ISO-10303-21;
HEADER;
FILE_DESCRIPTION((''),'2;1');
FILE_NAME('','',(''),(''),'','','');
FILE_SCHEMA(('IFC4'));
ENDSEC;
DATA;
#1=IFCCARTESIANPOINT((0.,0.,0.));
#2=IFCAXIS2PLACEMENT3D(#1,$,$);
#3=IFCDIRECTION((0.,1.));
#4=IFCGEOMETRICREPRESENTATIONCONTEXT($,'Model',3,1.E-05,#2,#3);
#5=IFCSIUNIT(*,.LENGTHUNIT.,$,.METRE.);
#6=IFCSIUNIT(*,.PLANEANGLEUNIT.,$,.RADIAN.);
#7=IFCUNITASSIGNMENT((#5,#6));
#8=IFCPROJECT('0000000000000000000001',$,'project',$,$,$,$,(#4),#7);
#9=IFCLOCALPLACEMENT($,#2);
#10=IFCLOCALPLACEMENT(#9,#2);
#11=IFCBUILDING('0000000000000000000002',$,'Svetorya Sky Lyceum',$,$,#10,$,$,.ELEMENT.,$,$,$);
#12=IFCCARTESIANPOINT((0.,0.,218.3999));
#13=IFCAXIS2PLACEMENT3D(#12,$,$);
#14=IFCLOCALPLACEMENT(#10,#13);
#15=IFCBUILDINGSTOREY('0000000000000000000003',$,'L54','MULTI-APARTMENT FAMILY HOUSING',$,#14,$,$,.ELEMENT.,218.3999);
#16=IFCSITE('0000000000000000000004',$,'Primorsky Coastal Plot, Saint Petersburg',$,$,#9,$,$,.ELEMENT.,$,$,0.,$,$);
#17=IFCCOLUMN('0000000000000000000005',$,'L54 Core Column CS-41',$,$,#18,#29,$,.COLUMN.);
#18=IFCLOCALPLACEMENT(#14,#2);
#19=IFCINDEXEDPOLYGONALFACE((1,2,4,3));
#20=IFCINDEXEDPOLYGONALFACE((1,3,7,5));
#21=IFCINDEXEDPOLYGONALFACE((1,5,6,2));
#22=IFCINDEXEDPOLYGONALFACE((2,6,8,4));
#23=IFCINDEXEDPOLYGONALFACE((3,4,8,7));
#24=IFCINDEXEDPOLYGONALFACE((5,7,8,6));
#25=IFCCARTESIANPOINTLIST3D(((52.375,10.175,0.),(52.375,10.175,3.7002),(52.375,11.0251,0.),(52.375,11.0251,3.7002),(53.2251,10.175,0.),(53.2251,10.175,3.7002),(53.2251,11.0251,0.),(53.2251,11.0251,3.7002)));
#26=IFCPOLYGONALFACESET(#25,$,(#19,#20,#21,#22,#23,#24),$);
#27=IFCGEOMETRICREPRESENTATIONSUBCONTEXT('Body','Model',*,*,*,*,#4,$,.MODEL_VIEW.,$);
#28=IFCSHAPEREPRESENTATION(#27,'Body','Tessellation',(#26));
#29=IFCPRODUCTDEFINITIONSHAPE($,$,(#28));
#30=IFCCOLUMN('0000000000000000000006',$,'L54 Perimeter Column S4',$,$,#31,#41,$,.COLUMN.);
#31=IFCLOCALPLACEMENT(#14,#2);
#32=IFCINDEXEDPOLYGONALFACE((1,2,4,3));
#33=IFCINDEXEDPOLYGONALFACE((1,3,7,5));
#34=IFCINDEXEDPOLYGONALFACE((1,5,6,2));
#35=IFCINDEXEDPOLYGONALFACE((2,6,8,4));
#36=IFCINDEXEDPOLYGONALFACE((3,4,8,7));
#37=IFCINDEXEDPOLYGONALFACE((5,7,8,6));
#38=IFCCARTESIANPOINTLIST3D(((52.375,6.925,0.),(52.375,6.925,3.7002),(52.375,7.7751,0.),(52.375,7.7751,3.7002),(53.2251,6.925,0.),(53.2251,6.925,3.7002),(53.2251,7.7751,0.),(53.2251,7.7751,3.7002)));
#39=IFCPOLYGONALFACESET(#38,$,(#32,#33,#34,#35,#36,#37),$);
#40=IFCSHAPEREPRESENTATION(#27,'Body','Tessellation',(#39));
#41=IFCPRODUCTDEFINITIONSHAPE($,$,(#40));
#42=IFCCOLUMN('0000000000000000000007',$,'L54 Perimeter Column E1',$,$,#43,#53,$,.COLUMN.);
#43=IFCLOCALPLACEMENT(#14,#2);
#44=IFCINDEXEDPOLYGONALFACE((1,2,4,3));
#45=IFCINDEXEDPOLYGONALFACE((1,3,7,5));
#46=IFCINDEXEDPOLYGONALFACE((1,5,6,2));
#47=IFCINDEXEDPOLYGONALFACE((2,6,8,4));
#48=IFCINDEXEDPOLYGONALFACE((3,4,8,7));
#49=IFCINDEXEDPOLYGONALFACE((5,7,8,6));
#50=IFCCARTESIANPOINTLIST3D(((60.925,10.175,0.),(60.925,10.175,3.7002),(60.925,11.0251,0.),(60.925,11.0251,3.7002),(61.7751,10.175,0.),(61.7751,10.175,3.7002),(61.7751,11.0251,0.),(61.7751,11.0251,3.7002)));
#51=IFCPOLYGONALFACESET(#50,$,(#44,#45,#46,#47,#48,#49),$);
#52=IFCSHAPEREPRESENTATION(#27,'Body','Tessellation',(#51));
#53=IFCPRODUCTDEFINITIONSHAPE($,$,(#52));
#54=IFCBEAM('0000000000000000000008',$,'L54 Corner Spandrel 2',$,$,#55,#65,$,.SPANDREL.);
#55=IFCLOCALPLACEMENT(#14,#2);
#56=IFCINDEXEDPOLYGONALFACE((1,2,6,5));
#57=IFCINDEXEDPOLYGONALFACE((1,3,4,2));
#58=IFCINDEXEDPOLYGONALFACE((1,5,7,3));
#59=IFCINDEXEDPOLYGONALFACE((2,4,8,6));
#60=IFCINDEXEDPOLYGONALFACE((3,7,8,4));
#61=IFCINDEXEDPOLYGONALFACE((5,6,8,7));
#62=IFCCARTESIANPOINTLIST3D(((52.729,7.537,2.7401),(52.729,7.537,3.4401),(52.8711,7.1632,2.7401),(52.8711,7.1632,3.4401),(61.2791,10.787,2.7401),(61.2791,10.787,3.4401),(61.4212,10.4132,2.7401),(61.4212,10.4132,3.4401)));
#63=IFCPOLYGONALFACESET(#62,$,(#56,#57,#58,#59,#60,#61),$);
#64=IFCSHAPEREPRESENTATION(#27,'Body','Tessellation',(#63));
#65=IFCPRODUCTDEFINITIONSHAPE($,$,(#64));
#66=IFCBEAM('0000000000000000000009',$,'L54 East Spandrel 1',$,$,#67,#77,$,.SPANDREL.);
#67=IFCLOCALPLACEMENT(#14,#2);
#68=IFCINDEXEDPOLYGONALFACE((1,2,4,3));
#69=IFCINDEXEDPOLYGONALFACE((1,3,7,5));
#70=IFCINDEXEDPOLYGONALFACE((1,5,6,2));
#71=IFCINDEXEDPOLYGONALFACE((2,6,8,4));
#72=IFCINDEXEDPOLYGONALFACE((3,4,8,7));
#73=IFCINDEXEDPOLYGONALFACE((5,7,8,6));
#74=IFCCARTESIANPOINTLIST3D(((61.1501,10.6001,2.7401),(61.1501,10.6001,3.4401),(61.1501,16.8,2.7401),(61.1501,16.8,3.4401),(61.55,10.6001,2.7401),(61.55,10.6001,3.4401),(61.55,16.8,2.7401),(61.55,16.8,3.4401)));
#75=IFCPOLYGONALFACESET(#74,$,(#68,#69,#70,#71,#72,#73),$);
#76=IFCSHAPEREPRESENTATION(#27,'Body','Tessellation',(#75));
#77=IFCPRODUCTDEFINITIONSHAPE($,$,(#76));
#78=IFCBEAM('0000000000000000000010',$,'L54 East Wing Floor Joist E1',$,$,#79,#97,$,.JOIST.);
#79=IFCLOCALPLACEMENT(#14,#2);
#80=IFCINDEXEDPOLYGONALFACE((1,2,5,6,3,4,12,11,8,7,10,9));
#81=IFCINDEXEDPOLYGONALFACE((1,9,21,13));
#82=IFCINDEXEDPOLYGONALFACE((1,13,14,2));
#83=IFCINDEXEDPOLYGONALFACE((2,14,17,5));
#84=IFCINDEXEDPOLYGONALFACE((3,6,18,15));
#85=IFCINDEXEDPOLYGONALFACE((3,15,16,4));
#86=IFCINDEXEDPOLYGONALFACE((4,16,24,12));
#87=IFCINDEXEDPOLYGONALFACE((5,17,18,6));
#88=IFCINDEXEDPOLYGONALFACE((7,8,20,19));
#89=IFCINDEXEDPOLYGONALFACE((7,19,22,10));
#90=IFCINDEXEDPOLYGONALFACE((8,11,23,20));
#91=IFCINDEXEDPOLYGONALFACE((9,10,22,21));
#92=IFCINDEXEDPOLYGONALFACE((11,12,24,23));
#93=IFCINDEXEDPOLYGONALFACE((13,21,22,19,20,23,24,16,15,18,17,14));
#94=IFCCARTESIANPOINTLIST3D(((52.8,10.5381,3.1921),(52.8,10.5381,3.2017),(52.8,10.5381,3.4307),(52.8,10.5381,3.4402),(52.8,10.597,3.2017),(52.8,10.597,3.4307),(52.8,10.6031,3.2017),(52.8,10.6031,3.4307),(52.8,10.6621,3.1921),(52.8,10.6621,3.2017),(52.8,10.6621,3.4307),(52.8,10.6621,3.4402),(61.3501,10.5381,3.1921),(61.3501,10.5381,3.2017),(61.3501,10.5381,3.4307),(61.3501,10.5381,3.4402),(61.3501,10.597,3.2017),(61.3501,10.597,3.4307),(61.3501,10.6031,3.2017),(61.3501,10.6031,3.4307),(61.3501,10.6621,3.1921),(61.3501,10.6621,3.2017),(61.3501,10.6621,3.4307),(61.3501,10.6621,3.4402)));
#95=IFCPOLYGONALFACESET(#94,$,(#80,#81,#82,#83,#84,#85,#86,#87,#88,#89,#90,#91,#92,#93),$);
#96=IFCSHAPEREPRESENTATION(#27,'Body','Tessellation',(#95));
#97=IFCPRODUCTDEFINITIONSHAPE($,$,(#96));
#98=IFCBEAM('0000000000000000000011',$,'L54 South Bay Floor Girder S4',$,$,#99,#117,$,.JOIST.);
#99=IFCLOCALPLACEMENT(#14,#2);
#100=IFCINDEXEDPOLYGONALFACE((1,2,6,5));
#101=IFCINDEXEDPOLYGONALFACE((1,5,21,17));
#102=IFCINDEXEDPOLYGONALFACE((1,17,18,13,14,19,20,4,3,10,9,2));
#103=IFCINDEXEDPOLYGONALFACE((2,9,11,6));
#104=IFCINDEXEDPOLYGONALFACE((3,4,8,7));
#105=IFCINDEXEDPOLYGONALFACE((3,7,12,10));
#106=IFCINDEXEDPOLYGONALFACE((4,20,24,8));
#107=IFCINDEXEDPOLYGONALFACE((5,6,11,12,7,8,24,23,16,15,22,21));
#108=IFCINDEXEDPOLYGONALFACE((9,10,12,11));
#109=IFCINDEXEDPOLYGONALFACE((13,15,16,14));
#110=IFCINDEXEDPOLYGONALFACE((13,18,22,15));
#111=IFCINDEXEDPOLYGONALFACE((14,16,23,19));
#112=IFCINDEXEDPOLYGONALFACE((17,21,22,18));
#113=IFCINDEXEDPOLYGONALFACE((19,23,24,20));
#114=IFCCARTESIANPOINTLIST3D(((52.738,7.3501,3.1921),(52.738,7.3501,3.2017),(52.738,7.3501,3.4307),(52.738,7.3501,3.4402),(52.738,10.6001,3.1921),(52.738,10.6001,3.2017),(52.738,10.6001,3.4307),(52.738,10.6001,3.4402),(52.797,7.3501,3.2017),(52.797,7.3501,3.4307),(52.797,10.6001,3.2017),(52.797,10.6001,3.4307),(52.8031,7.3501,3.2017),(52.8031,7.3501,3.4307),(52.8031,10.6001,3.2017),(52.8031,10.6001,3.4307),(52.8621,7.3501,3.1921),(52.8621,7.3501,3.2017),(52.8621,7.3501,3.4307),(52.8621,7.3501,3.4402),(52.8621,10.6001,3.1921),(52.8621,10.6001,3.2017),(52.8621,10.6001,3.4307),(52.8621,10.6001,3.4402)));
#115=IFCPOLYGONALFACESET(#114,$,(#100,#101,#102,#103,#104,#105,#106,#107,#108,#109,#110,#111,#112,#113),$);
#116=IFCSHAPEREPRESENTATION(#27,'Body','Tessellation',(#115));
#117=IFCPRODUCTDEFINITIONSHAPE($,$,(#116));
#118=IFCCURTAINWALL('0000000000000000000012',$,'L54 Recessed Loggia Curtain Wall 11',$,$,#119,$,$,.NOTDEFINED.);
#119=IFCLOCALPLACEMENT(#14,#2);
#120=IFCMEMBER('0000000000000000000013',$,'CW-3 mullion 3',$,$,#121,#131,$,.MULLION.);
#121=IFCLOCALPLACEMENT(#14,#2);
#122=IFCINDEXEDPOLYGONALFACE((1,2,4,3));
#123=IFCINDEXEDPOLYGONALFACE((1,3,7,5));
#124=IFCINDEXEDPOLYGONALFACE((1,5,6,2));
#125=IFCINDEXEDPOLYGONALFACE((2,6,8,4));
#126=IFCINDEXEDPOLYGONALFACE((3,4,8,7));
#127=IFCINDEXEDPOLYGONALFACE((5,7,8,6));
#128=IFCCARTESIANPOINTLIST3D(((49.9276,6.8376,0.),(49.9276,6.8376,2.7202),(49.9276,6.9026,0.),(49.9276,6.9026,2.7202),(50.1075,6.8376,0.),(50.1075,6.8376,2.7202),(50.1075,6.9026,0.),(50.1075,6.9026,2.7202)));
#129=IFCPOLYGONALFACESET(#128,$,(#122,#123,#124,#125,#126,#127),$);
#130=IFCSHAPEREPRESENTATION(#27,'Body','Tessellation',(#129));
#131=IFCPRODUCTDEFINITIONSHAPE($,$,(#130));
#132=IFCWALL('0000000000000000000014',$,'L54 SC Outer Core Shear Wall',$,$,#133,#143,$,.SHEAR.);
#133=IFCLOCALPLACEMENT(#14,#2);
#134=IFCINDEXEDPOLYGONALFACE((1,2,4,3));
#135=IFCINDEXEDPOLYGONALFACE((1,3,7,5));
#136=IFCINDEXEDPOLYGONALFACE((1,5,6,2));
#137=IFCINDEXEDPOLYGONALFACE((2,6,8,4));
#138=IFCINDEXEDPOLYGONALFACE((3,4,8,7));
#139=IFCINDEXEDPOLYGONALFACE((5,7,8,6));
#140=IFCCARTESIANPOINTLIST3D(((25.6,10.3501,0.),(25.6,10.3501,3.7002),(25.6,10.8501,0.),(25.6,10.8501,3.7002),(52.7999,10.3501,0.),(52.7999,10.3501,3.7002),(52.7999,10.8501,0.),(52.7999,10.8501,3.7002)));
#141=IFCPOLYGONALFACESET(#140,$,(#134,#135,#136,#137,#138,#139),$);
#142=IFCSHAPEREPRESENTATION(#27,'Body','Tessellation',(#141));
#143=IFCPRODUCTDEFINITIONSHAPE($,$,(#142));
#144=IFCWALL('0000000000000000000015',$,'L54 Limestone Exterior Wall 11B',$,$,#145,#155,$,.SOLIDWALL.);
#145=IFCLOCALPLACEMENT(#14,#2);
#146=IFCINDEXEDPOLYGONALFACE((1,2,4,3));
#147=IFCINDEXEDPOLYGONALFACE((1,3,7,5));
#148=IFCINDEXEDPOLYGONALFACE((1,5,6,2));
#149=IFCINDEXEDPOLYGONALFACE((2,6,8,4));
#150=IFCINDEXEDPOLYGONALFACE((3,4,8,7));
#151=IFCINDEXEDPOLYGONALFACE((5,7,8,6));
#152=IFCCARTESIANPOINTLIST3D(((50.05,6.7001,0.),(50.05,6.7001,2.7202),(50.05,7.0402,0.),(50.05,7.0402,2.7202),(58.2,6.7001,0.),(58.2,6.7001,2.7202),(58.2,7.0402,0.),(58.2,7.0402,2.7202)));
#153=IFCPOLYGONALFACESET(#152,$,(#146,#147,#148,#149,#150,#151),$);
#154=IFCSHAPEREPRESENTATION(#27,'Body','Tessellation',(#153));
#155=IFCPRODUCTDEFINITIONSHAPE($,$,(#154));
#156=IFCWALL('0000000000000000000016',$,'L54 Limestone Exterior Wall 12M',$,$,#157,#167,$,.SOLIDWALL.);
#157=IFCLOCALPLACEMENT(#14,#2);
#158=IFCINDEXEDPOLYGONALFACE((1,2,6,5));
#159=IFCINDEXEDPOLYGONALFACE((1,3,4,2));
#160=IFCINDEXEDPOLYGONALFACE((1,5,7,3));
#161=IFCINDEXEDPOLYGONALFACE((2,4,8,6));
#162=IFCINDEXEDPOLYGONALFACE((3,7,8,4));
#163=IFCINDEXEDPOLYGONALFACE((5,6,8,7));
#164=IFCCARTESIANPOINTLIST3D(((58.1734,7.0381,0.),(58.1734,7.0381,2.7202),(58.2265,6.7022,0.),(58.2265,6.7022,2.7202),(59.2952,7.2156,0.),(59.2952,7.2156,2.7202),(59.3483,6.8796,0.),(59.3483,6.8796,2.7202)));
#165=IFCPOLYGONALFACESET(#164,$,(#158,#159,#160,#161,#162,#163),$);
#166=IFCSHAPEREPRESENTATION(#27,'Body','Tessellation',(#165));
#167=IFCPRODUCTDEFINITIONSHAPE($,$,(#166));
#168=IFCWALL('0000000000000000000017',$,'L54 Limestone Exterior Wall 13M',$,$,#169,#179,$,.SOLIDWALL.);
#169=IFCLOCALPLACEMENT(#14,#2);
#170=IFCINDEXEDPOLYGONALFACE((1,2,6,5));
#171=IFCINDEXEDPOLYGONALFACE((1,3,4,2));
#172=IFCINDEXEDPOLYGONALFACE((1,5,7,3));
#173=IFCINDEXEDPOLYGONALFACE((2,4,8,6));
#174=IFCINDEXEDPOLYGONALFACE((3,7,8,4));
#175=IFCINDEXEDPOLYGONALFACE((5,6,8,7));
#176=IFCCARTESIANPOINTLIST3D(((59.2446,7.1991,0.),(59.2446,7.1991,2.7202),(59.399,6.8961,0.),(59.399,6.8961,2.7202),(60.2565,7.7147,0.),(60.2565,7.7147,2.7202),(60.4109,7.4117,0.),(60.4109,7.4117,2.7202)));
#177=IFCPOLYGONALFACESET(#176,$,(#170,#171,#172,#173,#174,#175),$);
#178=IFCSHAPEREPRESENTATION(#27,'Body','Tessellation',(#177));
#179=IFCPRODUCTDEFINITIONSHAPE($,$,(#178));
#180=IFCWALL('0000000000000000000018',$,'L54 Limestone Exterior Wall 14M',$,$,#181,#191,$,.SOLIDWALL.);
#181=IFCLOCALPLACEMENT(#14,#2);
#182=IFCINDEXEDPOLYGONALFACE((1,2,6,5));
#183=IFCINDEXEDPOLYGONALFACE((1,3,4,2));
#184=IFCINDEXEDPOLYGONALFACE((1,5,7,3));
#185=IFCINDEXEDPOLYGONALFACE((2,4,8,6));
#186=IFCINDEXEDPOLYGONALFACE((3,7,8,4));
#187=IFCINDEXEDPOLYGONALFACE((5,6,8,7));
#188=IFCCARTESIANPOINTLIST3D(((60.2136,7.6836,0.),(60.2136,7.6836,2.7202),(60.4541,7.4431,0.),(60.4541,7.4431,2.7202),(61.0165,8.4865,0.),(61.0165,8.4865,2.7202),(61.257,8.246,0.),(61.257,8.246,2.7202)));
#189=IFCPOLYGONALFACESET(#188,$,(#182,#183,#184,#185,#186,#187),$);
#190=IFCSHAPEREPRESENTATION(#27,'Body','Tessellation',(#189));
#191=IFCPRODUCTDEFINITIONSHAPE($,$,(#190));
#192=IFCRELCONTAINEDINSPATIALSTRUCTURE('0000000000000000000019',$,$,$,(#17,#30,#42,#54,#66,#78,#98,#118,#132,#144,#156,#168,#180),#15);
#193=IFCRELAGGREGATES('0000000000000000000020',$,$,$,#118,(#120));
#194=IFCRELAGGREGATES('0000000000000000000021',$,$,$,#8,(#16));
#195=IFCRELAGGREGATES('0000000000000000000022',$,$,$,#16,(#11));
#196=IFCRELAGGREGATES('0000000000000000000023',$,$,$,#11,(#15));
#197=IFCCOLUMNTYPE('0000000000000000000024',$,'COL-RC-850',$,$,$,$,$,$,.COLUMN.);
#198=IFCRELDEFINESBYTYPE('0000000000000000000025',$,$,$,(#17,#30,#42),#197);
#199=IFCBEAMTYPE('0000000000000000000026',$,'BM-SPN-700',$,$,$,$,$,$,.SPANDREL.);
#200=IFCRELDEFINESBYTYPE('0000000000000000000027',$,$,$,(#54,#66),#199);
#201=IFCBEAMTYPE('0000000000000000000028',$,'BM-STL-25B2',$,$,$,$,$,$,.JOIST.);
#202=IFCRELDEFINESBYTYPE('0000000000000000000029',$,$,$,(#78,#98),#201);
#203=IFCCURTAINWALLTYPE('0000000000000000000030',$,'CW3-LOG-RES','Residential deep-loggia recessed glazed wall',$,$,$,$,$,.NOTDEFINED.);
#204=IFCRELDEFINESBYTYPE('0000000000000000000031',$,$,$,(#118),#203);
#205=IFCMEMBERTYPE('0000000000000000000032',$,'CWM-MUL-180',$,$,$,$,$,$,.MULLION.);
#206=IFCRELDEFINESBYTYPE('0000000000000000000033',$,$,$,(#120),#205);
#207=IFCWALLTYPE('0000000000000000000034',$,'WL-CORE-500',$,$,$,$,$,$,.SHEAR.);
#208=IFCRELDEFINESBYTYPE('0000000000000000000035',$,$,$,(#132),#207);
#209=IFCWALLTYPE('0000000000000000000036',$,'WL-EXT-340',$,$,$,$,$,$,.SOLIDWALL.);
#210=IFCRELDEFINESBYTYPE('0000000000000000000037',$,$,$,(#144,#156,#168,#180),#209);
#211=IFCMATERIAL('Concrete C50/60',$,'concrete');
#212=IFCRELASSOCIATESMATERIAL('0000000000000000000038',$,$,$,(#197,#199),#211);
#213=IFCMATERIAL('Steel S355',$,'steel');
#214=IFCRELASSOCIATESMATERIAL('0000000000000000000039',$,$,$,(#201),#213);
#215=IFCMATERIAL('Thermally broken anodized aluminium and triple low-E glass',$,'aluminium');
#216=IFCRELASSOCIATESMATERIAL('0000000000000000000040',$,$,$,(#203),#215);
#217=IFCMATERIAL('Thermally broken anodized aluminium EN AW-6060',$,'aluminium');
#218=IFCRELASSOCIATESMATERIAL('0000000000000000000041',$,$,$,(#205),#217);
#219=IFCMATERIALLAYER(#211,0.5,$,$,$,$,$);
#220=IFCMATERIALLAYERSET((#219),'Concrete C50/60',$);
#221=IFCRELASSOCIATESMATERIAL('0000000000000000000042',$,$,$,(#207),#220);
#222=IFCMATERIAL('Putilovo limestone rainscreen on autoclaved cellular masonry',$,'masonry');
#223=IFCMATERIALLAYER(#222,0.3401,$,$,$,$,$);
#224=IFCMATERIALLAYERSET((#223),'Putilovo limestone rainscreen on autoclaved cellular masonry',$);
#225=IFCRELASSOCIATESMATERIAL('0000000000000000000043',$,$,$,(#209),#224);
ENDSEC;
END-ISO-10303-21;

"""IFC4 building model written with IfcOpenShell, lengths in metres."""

from ifc_helpers import new_model, si_unit, direction, frame, frame_2d, origin, origin_2d, place, context, subcontext, project, spatial, rectangle, i_section, extrude, material, layer, layer_set, material_profile, profile_set, type_object, element, aggregate, save


model = new_model("IFC4")

# Units and contexts
model_context = context("Model", 3, precision=1e-05, world=origin(), true_north=direction((0.0, 1.0)))
body_context = subcontext(model_context, "Body", "Model", "MODEL_VIEW")
ifc_project = project(units=[si_unit("LENGTHUNIT", "METRE"), si_unit("PLANEANGLEUNIT", "RADIAN")], contexts=[model_context])

# Site, building, storey
site_placement = place(None, origin())
site = spatial("IfcSite", under=ifc_project, at=site_placement, Name="Primorsky Coastal Plot, Saint Petersburg", CompositionType="ELEMENT", RefElevation=0.0)
building_placement = place(site_placement, origin())
building = spatial("IfcBuilding", under=site, at=building_placement, Name="Svetorya Sky Lyceum", CompositionType="ELEMENT")
storey_placement = place(building_placement, frame((0.0, 0.0, 218.3999)))
storey = spatial("IfcBuildingStorey", under=building, at=storey_placement, Name="L54", Description="MULTI-APARTMENT FAMILY HOUSING", CompositionType="ELEMENT", Elevation=218.3999)

# Columns
ifc_material_1 = material(Name="Concrete C50/60", Category="concrete")
ifc_material_profile_1 = material_profile(ifc_material_1, rectangle(XDim=0.8501, YDim=0.8501, at=origin_2d()), Name="RC COL 850x850")
ifc_profile_set_1 = profile_set([ifc_material_profile_1], Name="Concrete C50/60")
column_type = type_object("IfcColumnType", Name="COL-RC-850", PredefinedType="COLUMN", material=ifc_profile_set_1)
for number, where, z_axis, x_axis, name in (
    (1, (52.8, 10.6001, 0.0), (0.0, 0.0, 1.0), (1.0, 0.0, 0.0), "L54 Core Column CS-41"),
    (2, (52.8, 7.3501, 0.0), (0.0, 0.0, 1.0), (1.0, 0.0, 0.0), "L54 Perimeter Column S4"),
    (3, (61.3501, 10.6001, 0.0), (0.0, 0.0, 1.0), (1.0, 0.0, 0.0), "L54 Perimeter Column E1"),
):
    element("IfcColumn", number, at=place(storey_placement, frame(where, z_axis=z_axis, x_axis=x_axis)), inside=storey, type_object=column_type, Name=name, PredefinedType="COLUMN", context=body_context, shape_type="SweptSolid", body=[
        extrude(rectangle(XDim=0.8501, YDim=0.8501, at=origin_2d()), origin(), (0.0, 0.0, 1.0), 3.7002),
    ])

# Beams
ifc_material_profile_2 = material_profile(ifc_material_1, rectangle(XDim=0.3999, YDim=0.7, at=origin_2d()), Name="RC SPANDREL 400x700")
ifc_profile_set_2 = profile_set([ifc_material_profile_2], Name="Concrete C50/60")
beam_type_1 = type_object("IfcBeamType", Name="BM-SPN-700", PredefinedType="SPANDREL", material=ifc_profile_set_2)
beam_1_placement = place(storey_placement, frame((52.8, 7.3501, 3.0901), z_axis=(0.934748, 0.355312, 0.0), x_axis=(-0.355312, 0.934748, 0.0)))
element("IfcBeam", 4, at=beam_1_placement, inside=storey, type_object=beam_type_1, Name="L54 Corner Spandrel 2", PredefinedType="SPANDREL", context=body_context, shape_type="SweptSolid", body=[
    extrude(rectangle(XDim=0.3999, YDim=0.7, at=origin_2d()), origin(), (0.0, 0.0, 1.0), 9.147),
])
beam_2_placement = place(storey_placement, frame((61.3501, 10.6001, 3.0901), z_axis=(0.0, 1.0, 0.0), x_axis=(-1.0, 0.0, 0.0)))
element("IfcBeam", 5, at=beam_2_placement, inside=storey, type_object=beam_type_1, Name="L54 East Spandrel 1", PredefinedType="SPANDREL", context=body_context, shape_type="SweptSolid", body=[
    extrude(rectangle(XDim=0.3999, YDim=0.7, at=origin_2d()), origin(), (0.0, 0.0, 1.0), 6.2),
])
ifc_material_2 = material(Name="Steel S355", Category="steel")
ifc_material_profile_3 = material_profile(ifc_material_2, i_section(OverallWidth=0.124, OverallDepth=0.248, WebThickness=0.0061, FlangeThickness=0.0095, at=origin_2d()), Name="GOST 25B2")
ifc_profile_set_3 = profile_set([ifc_material_profile_3], Name="Steel S355")
beam_type_2 = type_object("IfcBeamType", Name="BM-STL-25B2", PredefinedType="JOIST", material=ifc_profile_set_3)
beam_3_placement = place(storey_placement, frame((52.8, 10.6001, 3.3162), z_axis=(1.0, 0.0, 0.0), x_axis=(0.0, 1.0, 0.0)))
element("IfcBeam", 6, at=beam_3_placement, inside=storey, type_object=beam_type_2, Name="L54 East Wing Floor Joist E1", PredefinedType="JOIST", context=body_context, shape_type="SweptSolid", body=[
    extrude(i_section(OverallWidth=0.124, OverallDepth=0.248, WebThickness=0.0061, FlangeThickness=0.0095, at=origin_2d()), origin(), (0.0, 0.0, 1.0), 8.55),
])
beam_4_placement = place(storey_placement, frame((52.8, 7.3501, 3.3162), z_axis=(0.0, 1.0, 0.0), x_axis=(-1.0, 0.0, 0.0)))
element("IfcBeam", 7, at=beam_4_placement, inside=storey, type_object=beam_type_2, Name="L54 South Bay Floor Girder S4", PredefinedType="JOIST", context=body_context, shape_type="SweptSolid", body=[
    extrude(i_section(OverallWidth=0.124, OverallDepth=0.248, WebThickness=0.0061, FlangeThickness=0.0095, at=origin_2d()), origin(), (0.0, 0.0, 1.0), 3.25),
])

# Curtain wall, member
ifc_material_3 = material(Name="Thermally broken anodized aluminium and triple low-E glass", Category="aluminium")
curtain_wall_type = type_object("IfcCurtainWallType", Name="CW3-LOG-RES", Description="Residential deep-loggia recessed glazed wall", PredefinedType="NOTDEFINED", material=ifc_material_3)
curtain_wall_placement = place(storey_placement, origin())
curtain_wall = element("IfcCurtainWall", 8, at=curtain_wall_placement, inside=storey, type_object=curtain_wall_type, Name="L54 Recessed Loggia Curtain Wall 11", PredefinedType="NOTDEFINED")
ifc_material_4 = material(Name="Thermally broken anodized aluminium EN AW-6060", Category="aluminium")
ifc_material_profile_4 = material_profile(ifc_material_4, rectangle(XDim=0.0649, YDim=0.1799, at=origin_2d()), Name="ALU MULLION 65x180")
ifc_profile_set_4 = profile_set([ifc_material_profile_4], Name="Thermally broken anodized aluminium EN AW-6060")
member_type = type_object("IfcMemberType", Name="CWM-MUL-180", PredefinedType="MULLION", material=ifc_profile_set_4)
member_placement = place(storey_placement, frame((50.0176, 6.8701, 0.0), z_axis=(0.0, 0.0, 1.0), x_axis=(0.0, 1.0, 0.0)))
member = element("IfcMember", 9, at=member_placement, type_object=member_type, Name="CW-3 mullion 3", PredefinedType="MULLION", context=body_context, shape_type="SweptSolid", body=[
    extrude(rectangle(XDim=0.0649, YDim=0.1799, at=origin_2d()), origin(), (0.0, 0.0, 1.0), 2.7202),
])
aggregate(curtain_wall, [member])

# Walls
ifc_layer_1 = layer(ifc_material_1, 0.5)
ifc_layer_set_1 = layer_set([ifc_layer_1], Name="Concrete C50/60")
wall_type_1 = type_object("IfcWallType", Name="WL-CORE-500", PredefinedType="SHEAR", material=ifc_layer_set_1)
wall_1_placement = place(storey_placement, frame((52.8, 10.6001, 0.0), z_axis=(0.0, 0.0, 1.0), x_axis=(-1.0, 0.0, 0.0)))
element("IfcWall", 10, at=wall_1_placement, inside=storey, type_object=wall_type_1, Name="L54 SC Outer Core Shear Wall", PredefinedType="SHEAR", context=body_context, shape_type="SweptSolid", body=[
    extrude(rectangle(XDim=27.2, YDim=0.5, at=frame_2d((13.6001, 0.0))), origin(), (0.0, 0.0, 1.0), 3.7002),
])
ifc_material_5 = material(Name="Putilovo limestone rainscreen on autoclaved cellular masonry", Category="masonry")
ifc_layer_2 = layer(ifc_material_5, 0.3401)
ifc_layer_set_2 = layer_set([ifc_layer_2], Name="Putilovo limestone rainscreen on autoclaved cellular masonry")
wall_type_2 = type_object("IfcWallType", Name="WL-EXT-340", PredefinedType="SOLIDWALL", material=ifc_layer_set_2)
wall_2_placement = place(storey_placement, frame((50.05, 6.8701, 0.0), z_axis=(0.0, 0.0, 1.0), x_axis=(1.0, 0.0, 0.0)))
element("IfcWall", 11, at=wall_2_placement, inside=storey, type_object=wall_type_2, Name="L54 Limestone Exterior Wall 11B", PredefinedType="SOLIDWALL", context=body_context, shape_type="SweptSolid", body=[
    extrude(rectangle(XDim=8.1499, YDim=0.3401, at=frame_2d((4.075, 0.0))), origin(), (0.0, 0.0, 1.0), 2.7202),
])
for number, where, z_axis, x_axis, name in (
    (12, (58.2, 6.8701, 0.0), (0.0, 0.0, 1.0), (0.987714, 0.156272, 0.0), "L54 Limestone Exterior Wall 12M"),
    (13, (59.3218, 7.0476, 0.0), (0.0, 0.0, 1.0), (0.891005, 0.453993, 0.0), "L54 Limestone Exterior Wall 13M"),
):
    element("IfcWall", number, at=place(storey_placement, frame(where, z_axis=z_axis, x_axis=x_axis)), inside=storey, type_object=wall_type_2, Name=name, PredefinedType="SOLIDWALL", context=body_context, shape_type="SweptSolid", body=[
        extrude(rectangle(XDim=1.1357, YDim=0.3401, at=frame_2d((0.5679, 0.0))), origin(), (0.0, 0.0, 1.0), 2.7202),
    ])
wall_3_placement = place(storey_placement, frame((60.3337, 7.5632, 0.0), z_axis=(0.0, 0.0, 1.0), x_axis=(0.707107, 0.707107, 0.0)))
element("IfcWall", 14, at=wall_3_placement, inside=storey, type_object=wall_type_2, Name="L54 Limestone Exterior Wall 14M", PredefinedType="SOLIDWALL", context=body_context, shape_type="SweptSolid", body=[
    extrude(rectangle(XDim=1.1355, YDim=0.3401, at=frame_2d((0.5679, 0.0))), origin(), (0.0, 0.0, 1.0), 2.7202),
])

save(model, "model.ifc")
